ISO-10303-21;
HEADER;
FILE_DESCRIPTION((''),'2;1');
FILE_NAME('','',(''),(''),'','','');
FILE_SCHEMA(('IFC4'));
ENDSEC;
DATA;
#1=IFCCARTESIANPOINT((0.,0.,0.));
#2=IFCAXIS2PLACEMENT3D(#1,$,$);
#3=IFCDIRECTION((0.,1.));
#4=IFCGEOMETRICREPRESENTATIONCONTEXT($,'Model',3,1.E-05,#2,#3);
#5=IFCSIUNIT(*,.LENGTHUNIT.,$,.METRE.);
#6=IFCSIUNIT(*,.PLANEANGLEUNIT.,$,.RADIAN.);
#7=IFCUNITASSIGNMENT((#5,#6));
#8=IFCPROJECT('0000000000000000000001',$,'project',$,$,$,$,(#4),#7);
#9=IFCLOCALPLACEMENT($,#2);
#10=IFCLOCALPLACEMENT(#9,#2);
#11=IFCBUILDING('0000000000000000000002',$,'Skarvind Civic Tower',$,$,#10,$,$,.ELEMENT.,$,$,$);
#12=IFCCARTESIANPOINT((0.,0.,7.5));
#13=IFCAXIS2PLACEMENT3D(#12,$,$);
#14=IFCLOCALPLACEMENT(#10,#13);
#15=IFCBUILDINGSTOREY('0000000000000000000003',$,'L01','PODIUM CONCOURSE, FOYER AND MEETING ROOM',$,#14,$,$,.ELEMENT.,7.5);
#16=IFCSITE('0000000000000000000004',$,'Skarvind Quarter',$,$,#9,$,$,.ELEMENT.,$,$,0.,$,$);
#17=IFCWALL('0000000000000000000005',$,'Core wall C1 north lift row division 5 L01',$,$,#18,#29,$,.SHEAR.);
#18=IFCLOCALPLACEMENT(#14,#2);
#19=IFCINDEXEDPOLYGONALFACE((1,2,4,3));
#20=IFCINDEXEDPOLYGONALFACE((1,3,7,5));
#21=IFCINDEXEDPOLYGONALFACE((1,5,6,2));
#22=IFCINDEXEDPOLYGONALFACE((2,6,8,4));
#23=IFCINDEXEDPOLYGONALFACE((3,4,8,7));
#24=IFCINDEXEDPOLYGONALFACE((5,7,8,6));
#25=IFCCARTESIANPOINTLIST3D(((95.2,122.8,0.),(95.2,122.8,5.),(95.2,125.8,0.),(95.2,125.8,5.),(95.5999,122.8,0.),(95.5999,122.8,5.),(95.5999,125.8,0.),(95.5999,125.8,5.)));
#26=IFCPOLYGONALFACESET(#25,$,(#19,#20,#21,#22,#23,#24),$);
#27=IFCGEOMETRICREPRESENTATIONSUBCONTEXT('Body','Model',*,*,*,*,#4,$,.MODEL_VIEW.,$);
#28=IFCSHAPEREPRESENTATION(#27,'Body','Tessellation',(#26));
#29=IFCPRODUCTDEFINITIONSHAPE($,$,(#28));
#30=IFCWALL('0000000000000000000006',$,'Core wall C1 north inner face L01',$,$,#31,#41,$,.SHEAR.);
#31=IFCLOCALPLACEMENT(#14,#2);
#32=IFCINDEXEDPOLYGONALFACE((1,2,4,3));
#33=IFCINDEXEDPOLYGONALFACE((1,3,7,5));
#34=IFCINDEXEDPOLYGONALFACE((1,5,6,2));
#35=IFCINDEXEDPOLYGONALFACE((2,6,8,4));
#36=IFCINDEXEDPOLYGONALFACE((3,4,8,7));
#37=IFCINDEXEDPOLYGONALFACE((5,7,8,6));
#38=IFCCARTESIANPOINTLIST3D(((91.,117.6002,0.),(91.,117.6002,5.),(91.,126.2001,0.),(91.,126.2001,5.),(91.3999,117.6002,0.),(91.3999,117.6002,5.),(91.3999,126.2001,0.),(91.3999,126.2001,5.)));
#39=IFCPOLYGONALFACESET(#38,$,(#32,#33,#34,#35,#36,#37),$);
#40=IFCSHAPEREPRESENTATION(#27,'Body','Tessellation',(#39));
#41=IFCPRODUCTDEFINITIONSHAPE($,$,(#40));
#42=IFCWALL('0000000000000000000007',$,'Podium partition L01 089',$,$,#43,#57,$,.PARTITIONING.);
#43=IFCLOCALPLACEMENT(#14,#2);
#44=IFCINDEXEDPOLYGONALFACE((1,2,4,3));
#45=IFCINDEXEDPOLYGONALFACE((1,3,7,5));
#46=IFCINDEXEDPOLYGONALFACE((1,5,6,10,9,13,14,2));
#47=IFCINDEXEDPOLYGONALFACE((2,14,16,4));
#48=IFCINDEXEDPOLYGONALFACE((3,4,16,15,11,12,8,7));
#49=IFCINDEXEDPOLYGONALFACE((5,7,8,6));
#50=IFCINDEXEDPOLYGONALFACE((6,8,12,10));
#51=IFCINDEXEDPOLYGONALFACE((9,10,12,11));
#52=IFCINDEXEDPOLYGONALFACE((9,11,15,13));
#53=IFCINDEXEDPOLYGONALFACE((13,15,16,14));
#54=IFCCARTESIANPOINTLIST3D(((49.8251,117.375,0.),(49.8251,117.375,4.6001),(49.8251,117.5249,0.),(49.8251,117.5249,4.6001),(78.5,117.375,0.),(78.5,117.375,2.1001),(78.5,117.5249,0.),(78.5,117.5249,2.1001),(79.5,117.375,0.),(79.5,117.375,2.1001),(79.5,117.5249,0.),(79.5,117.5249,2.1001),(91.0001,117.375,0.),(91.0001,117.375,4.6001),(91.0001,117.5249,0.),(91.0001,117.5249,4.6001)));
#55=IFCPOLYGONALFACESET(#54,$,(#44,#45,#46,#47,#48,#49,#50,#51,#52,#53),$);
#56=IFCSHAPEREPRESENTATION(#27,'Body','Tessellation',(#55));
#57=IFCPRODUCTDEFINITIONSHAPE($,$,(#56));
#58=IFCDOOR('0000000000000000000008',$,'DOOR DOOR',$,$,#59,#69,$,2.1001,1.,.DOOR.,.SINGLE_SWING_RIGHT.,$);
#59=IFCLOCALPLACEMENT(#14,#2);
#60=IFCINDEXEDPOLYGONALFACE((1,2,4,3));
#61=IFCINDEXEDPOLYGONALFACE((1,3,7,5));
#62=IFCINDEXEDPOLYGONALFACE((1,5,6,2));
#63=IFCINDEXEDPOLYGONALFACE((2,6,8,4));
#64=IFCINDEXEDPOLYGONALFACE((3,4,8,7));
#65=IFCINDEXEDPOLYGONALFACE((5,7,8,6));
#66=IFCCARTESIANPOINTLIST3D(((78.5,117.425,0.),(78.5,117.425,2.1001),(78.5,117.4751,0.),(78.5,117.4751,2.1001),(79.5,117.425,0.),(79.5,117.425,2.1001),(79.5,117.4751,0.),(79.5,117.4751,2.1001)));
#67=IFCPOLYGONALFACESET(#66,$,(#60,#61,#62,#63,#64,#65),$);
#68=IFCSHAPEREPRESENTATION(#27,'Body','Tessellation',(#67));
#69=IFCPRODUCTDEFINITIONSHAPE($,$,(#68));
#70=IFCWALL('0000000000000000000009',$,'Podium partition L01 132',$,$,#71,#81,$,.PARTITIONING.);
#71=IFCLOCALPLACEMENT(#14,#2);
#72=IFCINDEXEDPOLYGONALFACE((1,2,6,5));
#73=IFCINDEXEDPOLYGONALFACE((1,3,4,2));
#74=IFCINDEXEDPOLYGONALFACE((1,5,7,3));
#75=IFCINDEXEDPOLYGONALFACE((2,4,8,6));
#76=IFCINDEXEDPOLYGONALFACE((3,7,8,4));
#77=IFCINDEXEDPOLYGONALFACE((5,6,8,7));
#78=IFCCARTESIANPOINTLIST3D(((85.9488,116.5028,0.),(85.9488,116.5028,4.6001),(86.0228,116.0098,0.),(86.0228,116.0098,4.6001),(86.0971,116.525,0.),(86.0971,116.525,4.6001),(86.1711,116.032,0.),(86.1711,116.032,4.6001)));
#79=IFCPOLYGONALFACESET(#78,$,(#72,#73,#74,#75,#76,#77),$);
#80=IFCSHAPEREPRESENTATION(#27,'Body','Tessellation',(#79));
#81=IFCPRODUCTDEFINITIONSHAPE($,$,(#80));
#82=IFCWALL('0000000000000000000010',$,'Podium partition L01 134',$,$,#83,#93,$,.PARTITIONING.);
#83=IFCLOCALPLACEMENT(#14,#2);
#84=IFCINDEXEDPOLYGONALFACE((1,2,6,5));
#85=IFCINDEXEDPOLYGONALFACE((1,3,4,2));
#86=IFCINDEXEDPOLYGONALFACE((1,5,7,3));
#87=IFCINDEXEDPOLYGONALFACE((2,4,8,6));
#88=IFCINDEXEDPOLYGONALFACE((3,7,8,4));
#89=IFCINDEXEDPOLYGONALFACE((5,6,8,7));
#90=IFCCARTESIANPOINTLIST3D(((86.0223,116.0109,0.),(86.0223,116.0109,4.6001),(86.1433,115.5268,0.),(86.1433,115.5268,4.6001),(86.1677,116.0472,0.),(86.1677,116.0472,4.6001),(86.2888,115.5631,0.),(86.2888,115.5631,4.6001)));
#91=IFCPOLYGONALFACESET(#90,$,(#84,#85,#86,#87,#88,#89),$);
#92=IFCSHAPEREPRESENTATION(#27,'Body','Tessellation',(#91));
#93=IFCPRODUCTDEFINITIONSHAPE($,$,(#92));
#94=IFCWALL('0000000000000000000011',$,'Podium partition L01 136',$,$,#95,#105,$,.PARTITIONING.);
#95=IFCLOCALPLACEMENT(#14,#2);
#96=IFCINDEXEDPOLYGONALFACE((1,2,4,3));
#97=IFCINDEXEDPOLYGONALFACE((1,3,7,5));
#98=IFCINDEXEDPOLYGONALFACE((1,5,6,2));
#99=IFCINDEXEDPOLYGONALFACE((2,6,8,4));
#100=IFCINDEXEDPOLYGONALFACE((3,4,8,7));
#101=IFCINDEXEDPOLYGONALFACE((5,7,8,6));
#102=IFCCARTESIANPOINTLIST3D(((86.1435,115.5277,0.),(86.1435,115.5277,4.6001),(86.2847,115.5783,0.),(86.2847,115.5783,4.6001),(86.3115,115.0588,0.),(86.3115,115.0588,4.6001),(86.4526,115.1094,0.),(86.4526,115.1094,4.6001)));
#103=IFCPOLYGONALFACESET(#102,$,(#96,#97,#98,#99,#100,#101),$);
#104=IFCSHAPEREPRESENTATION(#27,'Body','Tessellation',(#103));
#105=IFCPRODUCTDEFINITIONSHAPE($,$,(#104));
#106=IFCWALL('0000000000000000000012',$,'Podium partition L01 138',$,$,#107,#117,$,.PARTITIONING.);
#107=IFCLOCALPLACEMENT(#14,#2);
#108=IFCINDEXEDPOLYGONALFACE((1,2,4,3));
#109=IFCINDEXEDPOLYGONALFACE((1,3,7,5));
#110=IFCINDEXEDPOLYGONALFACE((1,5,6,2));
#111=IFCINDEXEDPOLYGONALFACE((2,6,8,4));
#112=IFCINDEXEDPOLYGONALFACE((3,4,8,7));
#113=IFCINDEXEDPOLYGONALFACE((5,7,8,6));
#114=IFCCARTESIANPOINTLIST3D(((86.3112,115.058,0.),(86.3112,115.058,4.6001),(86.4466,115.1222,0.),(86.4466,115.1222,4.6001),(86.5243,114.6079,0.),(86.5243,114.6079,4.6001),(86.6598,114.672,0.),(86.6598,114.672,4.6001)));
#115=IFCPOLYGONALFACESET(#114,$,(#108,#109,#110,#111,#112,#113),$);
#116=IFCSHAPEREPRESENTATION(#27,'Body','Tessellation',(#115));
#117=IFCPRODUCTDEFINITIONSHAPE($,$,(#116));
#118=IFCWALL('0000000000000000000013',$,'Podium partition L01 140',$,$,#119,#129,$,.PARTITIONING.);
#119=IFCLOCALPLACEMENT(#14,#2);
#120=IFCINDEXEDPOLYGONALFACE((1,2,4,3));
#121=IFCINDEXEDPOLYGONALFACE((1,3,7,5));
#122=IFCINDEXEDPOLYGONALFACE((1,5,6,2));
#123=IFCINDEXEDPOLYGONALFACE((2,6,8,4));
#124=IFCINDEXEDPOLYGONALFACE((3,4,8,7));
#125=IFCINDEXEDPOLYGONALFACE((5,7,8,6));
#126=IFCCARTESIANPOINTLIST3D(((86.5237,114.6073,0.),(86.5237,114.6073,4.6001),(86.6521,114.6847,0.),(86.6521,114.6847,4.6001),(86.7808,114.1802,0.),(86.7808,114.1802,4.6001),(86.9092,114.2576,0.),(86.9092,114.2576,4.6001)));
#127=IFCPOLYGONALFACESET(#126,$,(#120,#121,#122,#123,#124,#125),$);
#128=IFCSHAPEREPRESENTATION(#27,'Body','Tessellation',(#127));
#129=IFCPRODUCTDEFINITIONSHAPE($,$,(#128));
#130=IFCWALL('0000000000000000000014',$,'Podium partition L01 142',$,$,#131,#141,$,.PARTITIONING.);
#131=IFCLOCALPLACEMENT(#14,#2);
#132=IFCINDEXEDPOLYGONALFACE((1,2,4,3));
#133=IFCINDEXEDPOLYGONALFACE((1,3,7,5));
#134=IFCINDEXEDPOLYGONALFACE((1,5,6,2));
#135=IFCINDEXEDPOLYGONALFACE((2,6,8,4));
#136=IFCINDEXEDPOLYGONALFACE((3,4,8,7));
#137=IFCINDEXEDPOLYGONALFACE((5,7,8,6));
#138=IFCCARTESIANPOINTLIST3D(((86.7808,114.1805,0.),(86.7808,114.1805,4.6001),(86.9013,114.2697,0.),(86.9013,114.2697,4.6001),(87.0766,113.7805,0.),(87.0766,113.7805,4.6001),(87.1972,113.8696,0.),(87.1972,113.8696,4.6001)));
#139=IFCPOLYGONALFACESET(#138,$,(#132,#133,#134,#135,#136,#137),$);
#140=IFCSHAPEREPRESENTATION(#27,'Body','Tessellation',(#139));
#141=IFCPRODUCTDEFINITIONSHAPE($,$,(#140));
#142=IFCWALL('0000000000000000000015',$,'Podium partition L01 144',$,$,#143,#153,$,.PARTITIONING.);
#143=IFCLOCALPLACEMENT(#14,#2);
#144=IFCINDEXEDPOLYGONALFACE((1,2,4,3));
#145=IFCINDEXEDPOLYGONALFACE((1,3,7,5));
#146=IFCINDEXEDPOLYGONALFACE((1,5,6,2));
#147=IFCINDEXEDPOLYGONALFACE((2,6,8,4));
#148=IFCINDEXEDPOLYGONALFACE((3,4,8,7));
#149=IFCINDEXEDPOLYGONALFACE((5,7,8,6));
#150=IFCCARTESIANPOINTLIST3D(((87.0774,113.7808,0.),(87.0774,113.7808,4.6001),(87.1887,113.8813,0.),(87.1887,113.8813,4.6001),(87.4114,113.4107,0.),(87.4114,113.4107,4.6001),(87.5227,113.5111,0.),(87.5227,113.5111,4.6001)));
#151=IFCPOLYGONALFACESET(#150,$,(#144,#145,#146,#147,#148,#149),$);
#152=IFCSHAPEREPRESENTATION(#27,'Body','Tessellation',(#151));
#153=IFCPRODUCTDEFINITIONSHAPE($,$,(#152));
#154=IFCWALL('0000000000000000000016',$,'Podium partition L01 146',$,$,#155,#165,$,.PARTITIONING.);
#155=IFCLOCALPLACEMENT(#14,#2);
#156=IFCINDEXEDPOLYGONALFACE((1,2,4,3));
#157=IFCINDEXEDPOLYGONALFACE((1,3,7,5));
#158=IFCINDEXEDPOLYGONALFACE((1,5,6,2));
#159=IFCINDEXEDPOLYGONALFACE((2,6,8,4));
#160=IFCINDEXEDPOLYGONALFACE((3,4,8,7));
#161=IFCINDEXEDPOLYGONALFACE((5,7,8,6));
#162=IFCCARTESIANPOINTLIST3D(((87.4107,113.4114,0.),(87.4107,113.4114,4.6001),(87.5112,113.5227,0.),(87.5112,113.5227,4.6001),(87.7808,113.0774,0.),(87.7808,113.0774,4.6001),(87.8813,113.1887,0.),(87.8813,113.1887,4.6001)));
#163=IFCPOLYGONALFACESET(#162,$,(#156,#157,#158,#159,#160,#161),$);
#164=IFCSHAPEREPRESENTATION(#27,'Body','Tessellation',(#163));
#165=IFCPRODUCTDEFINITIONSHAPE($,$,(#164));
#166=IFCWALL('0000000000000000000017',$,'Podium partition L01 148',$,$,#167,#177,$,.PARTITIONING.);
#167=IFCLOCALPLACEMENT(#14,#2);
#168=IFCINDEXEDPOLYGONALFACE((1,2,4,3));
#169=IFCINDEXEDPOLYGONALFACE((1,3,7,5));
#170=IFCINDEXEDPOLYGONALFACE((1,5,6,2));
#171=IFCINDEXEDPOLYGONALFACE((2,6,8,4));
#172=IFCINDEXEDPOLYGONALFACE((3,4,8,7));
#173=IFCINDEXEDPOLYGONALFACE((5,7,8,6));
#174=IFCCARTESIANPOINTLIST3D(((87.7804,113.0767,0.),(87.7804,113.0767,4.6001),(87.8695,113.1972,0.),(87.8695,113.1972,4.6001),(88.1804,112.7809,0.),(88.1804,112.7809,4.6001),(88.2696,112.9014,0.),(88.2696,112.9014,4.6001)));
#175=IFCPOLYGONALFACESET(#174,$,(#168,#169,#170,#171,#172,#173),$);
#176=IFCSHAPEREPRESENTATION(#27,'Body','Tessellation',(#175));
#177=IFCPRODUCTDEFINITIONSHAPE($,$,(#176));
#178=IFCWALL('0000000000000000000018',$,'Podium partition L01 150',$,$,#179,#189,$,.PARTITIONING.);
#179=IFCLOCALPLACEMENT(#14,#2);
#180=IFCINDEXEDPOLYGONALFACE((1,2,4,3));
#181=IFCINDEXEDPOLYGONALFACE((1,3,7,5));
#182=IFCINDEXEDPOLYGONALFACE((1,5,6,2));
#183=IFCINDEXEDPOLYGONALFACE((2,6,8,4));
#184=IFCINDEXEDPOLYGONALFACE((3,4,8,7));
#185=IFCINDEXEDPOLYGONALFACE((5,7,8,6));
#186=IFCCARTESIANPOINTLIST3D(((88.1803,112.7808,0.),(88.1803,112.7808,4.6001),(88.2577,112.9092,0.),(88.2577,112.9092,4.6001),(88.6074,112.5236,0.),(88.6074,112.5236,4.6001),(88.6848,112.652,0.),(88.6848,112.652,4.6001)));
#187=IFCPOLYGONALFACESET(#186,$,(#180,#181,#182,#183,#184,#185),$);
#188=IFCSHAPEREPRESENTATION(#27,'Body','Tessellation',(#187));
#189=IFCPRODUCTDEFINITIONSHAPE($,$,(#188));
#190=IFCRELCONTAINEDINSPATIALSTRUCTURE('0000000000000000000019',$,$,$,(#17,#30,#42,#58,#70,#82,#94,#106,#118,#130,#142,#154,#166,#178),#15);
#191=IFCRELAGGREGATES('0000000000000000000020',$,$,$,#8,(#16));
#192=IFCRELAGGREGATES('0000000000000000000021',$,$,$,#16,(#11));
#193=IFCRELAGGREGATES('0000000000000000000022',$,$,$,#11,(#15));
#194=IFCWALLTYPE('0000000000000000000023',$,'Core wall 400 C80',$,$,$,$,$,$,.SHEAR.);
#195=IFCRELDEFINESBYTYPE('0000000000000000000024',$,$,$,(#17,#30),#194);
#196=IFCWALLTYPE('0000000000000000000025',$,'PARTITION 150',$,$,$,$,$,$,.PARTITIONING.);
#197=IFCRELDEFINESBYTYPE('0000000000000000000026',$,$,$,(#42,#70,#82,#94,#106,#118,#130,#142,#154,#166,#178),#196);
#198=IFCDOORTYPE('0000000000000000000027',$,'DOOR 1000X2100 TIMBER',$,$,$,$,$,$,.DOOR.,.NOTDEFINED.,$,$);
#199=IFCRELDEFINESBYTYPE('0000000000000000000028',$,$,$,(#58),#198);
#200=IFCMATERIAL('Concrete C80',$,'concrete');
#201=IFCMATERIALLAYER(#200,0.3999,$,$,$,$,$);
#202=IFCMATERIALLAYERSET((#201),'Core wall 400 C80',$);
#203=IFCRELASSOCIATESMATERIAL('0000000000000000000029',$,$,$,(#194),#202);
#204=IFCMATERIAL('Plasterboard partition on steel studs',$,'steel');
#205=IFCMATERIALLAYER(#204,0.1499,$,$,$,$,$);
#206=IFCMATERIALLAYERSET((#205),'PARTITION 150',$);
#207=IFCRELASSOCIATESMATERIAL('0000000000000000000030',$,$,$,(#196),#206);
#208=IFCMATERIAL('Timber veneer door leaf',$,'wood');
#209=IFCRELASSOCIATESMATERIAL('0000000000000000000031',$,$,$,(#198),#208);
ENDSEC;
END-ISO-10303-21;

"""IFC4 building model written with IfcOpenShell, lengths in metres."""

from ifc_helpers import new_model, si_unit, direction, frame, frame_2d, origin, place, context, subcontext, project, spatial, rectangle, extrude, material, layer, layer_set, type_object, element, fill, save


model = new_model("IFC4")

# Units and contexts
model_context = context("Model", 3, precision=1e-05, world=origin(), true_north=direction((0.0, 1.0)))
body_context = subcontext(model_context, "Body", "Model", "MODEL_VIEW")
ifc_project = project(units=[si_unit("LENGTHUNIT", "METRE"), si_unit("PLANEANGLEUNIT", "RADIAN")], contexts=[model_context])

# Site, building, storey
site_placement = place(None, origin())
site = spatial("IfcSite", under=ifc_project, at=site_placement, Name="Skarvind Quarter", CompositionType="ELEMENT", RefElevation=0.0)
building_placement = place(site_placement, origin())
building = spatial("IfcBuilding", under=site, at=building_placement, Name="Skarvind Civic Tower", CompositionType="ELEMENT")
storey_placement = place(building_placement, frame((0.0, 0.0, 7.5)))
storey = spatial("IfcBuildingStorey", under=building, at=storey_placement, Name="L01", Description="PODIUM CONCOURSE, FOYER AND MEETING ROOM", CompositionType="ELEMENT", Elevation=7.5)

# Shared definitions
ifc_material_1 = material(Name="Concrete C80", Category="concrete")

# Walls
ifc_layer_1 = layer(ifc_material_1, 0.3999)
ifc_layer_set_1 = layer_set([ifc_layer_1], Name="Core wall 400 C80")
wall_type_1 = type_object("IfcWallType", Name="Core wall 400 C80", PredefinedType="SHEAR", material=ifc_layer_set_1)
wall_1_placement = place(storey_placement, frame((95.3999, 125.8, 0.0), z_axis=(0.0, 0.0, 1.0), x_axis=(0.0, -1.0, 0.0)))
element("IfcWall", 1, at=wall_1_placement, inside=storey, type_object=wall_type_1, Name="Core wall C1 north lift row division 5 L01", PredefinedType="SHEAR", context=body_context, shape_type="SweptSolid", body=[
    extrude(rectangle(XDim=3.0, YDim=0.3999, at=frame_2d((1.5, 0.0))), origin(), (0.0, 0.0, 1.0), 5.0),
])
wall_2_placement = place(storey_placement, frame((91.2, 126.2, 0.0), z_axis=(0.0, 0.0, 1.0), x_axis=(0.0, -1.0, 0.0)))
element("IfcWall", 2, at=wall_2_placement, inside=storey, type_object=wall_type_1, Name="Core wall C1 north inner face L01", PredefinedType="SHEAR", context=body_context, shape_type="SweptSolid", body=[
    extrude(rectangle(XDim=8.5999, YDim=0.3999, at=frame_2d((4.2998, 0.0))), origin(), (0.0, 0.0, 1.0), 5.0),
])

# Wall, opening, door
ifc_material_2 = material(Name="Plasterboard partition on steel studs", Category="steel")
ifc_layer_2 = layer(ifc_material_2, 0.1499)
ifc_layer_set_2 = layer_set([ifc_layer_2], Name="PARTITION 150")
wall_type_2 = type_object("IfcWallType", Name="PARTITION 150", PredefinedType="PARTITIONING", material=ifc_layer_set_2)
wall_3_placement = place(storey_placement, frame((91.0, 117.45, 0.0), z_axis=(0.0, 0.0, 1.0), x_axis=(-1.0, 0.0, 0.0)))
wall_3 = element("IfcWall", 3, at=wall_3_placement, inside=storey, type_object=wall_type_2, Name="Podium partition L01 089", PredefinedType="PARTITIONING", context=body_context, shape_type="SweptSolid", body=[
    extrude(rectangle(XDim=41.175, YDim=0.1499, at=frame_2d((20.5874, 0.0))), origin(), (0.0, 0.0, 1.0), 4.6001),
])
opening_1_placement = place(wall_3_placement, frame((11.5, 0.0, 0.0)))
opening_1 = element("IfcOpeningElement", 4, at=opening_1_placement, cuts=wall_3, PredefinedType="OPENING", context=body_context, shape_type="SweptSolid", body=[
    extrude(rectangle(XDim=1.0, YDim=2.1001, at=frame_2d((0.5, 1.05))), frame((0.0, 0.085, 0.0), z_axis=(0.0, -1.0, 0.0), x_axis=(1.0, 0.0, 0.0)), (0.0, 0.0, 1.0), 0.1699),
])
ifc_material_3 = material(Name="Timber veneer door leaf", Category="wood")
door_type_1 = type_object("IfcDoorType", Name="DOOR 1000X2100 TIMBER", OperationType="NOTDEFINED", PredefinedType="DOOR", material=ifc_material_3)
door_1_placement = place(opening_1_placement, origin())
door_1 = element("IfcDoor", 5, at=door_1_placement, inside=storey, type_object=door_type_1, Name="DOOR DOOR", OperationType="SINGLE_SWING_RIGHT", OverallHeight=2.1001, OverallWidth=1.0, PredefinedType="DOOR", context=body_context, shape_type="SweptSolid", body=[
    extrude(rectangle(XDim=1.0, YDim=2.1001, at=frame_2d((0.5, 1.05))), frame((0.0, 0.0249, 0.0), z_axis=(0.0, -1.0, 0.0), x_axis=(1.0, 0.0, 0.0)), (0.0, 0.0, 1.0), 0.05),
])
fill(opening_1, door_1)

# Walls
wall_4_placement = place(storey_placement, frame((86.0229, 116.5139, 0.0), z_axis=(0.0, 0.0, 1.0), x_axis=(0.148412, -0.988926, 0.0)))
element("IfcWall", 6, at=wall_4_placement, inside=storey, type_object=wall_type_2, Name="Podium partition L01 132", PredefinedType="PARTITIONING", context=body_context, shape_type="SweptSolid", body=[
    extrude(rectangle(XDim=0.4985, YDim=0.1499, at=frame_2d((0.2493, 0.0))), origin(), (0.0, 0.0, 1.0), 4.6001),
])
wall_5_placement = place(storey_placement, frame((86.095, 116.0291, 0.0), z_axis=(0.0, 0.0, 1.0), x_axis=(0.242651, -0.970114, 0.0)))
element("IfcWall", 7, at=wall_5_placement, inside=storey, type_object=wall_type_2, Name="Podium partition L01 134", PredefinedType="PARTITIONING", context=body_context, shape_type="SweptSolid", body=[
    extrude(rectangle(XDim=0.499, YDim=0.1499, at=frame_2d((0.2495, 0.0))), origin(), (0.0, 0.0, 1.0), 4.6001),
])
for number, where, z_axis, x_axis, name in (
    (8, (86.2141, 115.553, 0.0), (0.0, 0.0, 1.0), (0.337174, -0.941442, 0.0), "Podium partition L01 136"),
    (9, (86.3789, 115.0901, 0.0), (0.0, 0.0, 1.0), (0.427897, -0.903828, 0.0), "Podium partition L01 138"),
):
    element("IfcWall", number, at=place(storey_placement, frame(where, z_axis=z_axis, x_axis=x_axis)), inside=storey, type_object=wall_type_2, Name=name, PredefinedType="PARTITIONING", context=body_context, shape_type="SweptSolid", body=[
        extrude(rectangle(XDim=0.498, YDim=0.1499, at=frame_2d((0.249, 0.0))), origin(), (0.0, 0.0, 1.0), 4.6001),
    ])
wall_6_placement = place(storey_placement, frame((86.5879, 114.646, 0.0), z_axis=(0.0, 0.0, 1.0), x_axis=(0.515792, -0.856714, 0.0)))
element("IfcWall", 10, at=wall_6_placement, inside=storey, type_object=wall_type_2, Name="Podium partition L01 140", PredefinedType="PARTITIONING", context=body_context, shape_type="SweptSolid", body=[
    extrude(rectangle(XDim=0.4985, YDim=0.1499, at=frame_2d((0.2493, 0.0))), origin(), (0.0, 0.0, 1.0), 4.6001),
])
wall_7_placement = place(storey_placement, frame((86.8411, 114.2251, 0.0), z_axis=(0.0, 0.0, 1.0), x_axis=(0.59457, -0.804044, 0.0)))
element("IfcWall", 11, at=wall_7_placement, inside=storey, type_object=wall_type_2, Name="Podium partition L01 142", PredefinedType="PARTITIONING", context=body_context, shape_type="SweptSolid", body=[
    extrude(rectangle(XDim=0.4976, YDim=0.1499, at=frame_2d((0.2488, 0.0))), origin(), (0.0, 0.0, 1.0), 4.6001),
])
for number, where, z_axis, x_axis, name in (
    (12, (87.1331, 113.8311, 0.0), (0.0, 0.0, 1.0), (0.669938, -0.742417, 0.0), "Podium partition L01 144"),
    (13, (87.4609, 113.467, 0.0), (0.0, 0.0, 1.0), (0.742417, -0.669938, 0.0), "Podium partition L01 146"),
):
    element("IfcWall", number, at=place(storey_placement, frame(where, z_axis=z_axis, x_axis=x_axis)), inside=storey, type_object=wall_type_2, Name=name, PredefinedType="PARTITIONING", context=body_context, shape_type="SweptSolid", body=[
        extrude(rectangle(XDim=0.4985, YDim=0.1499, at=frame_2d((0.2493, 0.0))), origin(), (0.0, 0.0, 1.0), 4.6001),
    ])
wall_8_placement = place(storey_placement, frame((87.825, 113.137, 0.0), z_axis=(0.0, 0.0, 1.0), x_axis=(0.804044, -0.59457, 0.0)))
element("IfcWall", 14, at=wall_8_placement, inside=storey, type_object=wall_type_2, Name="Podium partition L01 148", PredefinedType="PARTITIONING", context=body_context, shape_type="SweptSolid", body=[
    extrude(rectangle(XDim=0.4976, YDim=0.1499, at=frame_2d((0.2488, 0.0))), origin(), (0.0, 0.0, 1.0), 4.6001),
])
wall_9_placement = place(storey_placement, frame((88.219, 112.845, 0.0), z_axis=(0.0, 0.0, 1.0), x_axis=(0.856714, -0.515792, 0.0)))
element("IfcWall", 15, at=wall_9_placement, inside=storey, type_object=wall_type_2, Name="Podium partition L01 150", PredefinedType="PARTITIONING", context=body_context, shape_type="SweptSolid", body=[
    extrude(rectangle(XDim=0.4985, YDim=0.1499, at=frame_2d((0.2493, 0.0))), origin(), (0.0, 0.0, 1.0), 4.6001),
])

save(model, "model.ifc")
